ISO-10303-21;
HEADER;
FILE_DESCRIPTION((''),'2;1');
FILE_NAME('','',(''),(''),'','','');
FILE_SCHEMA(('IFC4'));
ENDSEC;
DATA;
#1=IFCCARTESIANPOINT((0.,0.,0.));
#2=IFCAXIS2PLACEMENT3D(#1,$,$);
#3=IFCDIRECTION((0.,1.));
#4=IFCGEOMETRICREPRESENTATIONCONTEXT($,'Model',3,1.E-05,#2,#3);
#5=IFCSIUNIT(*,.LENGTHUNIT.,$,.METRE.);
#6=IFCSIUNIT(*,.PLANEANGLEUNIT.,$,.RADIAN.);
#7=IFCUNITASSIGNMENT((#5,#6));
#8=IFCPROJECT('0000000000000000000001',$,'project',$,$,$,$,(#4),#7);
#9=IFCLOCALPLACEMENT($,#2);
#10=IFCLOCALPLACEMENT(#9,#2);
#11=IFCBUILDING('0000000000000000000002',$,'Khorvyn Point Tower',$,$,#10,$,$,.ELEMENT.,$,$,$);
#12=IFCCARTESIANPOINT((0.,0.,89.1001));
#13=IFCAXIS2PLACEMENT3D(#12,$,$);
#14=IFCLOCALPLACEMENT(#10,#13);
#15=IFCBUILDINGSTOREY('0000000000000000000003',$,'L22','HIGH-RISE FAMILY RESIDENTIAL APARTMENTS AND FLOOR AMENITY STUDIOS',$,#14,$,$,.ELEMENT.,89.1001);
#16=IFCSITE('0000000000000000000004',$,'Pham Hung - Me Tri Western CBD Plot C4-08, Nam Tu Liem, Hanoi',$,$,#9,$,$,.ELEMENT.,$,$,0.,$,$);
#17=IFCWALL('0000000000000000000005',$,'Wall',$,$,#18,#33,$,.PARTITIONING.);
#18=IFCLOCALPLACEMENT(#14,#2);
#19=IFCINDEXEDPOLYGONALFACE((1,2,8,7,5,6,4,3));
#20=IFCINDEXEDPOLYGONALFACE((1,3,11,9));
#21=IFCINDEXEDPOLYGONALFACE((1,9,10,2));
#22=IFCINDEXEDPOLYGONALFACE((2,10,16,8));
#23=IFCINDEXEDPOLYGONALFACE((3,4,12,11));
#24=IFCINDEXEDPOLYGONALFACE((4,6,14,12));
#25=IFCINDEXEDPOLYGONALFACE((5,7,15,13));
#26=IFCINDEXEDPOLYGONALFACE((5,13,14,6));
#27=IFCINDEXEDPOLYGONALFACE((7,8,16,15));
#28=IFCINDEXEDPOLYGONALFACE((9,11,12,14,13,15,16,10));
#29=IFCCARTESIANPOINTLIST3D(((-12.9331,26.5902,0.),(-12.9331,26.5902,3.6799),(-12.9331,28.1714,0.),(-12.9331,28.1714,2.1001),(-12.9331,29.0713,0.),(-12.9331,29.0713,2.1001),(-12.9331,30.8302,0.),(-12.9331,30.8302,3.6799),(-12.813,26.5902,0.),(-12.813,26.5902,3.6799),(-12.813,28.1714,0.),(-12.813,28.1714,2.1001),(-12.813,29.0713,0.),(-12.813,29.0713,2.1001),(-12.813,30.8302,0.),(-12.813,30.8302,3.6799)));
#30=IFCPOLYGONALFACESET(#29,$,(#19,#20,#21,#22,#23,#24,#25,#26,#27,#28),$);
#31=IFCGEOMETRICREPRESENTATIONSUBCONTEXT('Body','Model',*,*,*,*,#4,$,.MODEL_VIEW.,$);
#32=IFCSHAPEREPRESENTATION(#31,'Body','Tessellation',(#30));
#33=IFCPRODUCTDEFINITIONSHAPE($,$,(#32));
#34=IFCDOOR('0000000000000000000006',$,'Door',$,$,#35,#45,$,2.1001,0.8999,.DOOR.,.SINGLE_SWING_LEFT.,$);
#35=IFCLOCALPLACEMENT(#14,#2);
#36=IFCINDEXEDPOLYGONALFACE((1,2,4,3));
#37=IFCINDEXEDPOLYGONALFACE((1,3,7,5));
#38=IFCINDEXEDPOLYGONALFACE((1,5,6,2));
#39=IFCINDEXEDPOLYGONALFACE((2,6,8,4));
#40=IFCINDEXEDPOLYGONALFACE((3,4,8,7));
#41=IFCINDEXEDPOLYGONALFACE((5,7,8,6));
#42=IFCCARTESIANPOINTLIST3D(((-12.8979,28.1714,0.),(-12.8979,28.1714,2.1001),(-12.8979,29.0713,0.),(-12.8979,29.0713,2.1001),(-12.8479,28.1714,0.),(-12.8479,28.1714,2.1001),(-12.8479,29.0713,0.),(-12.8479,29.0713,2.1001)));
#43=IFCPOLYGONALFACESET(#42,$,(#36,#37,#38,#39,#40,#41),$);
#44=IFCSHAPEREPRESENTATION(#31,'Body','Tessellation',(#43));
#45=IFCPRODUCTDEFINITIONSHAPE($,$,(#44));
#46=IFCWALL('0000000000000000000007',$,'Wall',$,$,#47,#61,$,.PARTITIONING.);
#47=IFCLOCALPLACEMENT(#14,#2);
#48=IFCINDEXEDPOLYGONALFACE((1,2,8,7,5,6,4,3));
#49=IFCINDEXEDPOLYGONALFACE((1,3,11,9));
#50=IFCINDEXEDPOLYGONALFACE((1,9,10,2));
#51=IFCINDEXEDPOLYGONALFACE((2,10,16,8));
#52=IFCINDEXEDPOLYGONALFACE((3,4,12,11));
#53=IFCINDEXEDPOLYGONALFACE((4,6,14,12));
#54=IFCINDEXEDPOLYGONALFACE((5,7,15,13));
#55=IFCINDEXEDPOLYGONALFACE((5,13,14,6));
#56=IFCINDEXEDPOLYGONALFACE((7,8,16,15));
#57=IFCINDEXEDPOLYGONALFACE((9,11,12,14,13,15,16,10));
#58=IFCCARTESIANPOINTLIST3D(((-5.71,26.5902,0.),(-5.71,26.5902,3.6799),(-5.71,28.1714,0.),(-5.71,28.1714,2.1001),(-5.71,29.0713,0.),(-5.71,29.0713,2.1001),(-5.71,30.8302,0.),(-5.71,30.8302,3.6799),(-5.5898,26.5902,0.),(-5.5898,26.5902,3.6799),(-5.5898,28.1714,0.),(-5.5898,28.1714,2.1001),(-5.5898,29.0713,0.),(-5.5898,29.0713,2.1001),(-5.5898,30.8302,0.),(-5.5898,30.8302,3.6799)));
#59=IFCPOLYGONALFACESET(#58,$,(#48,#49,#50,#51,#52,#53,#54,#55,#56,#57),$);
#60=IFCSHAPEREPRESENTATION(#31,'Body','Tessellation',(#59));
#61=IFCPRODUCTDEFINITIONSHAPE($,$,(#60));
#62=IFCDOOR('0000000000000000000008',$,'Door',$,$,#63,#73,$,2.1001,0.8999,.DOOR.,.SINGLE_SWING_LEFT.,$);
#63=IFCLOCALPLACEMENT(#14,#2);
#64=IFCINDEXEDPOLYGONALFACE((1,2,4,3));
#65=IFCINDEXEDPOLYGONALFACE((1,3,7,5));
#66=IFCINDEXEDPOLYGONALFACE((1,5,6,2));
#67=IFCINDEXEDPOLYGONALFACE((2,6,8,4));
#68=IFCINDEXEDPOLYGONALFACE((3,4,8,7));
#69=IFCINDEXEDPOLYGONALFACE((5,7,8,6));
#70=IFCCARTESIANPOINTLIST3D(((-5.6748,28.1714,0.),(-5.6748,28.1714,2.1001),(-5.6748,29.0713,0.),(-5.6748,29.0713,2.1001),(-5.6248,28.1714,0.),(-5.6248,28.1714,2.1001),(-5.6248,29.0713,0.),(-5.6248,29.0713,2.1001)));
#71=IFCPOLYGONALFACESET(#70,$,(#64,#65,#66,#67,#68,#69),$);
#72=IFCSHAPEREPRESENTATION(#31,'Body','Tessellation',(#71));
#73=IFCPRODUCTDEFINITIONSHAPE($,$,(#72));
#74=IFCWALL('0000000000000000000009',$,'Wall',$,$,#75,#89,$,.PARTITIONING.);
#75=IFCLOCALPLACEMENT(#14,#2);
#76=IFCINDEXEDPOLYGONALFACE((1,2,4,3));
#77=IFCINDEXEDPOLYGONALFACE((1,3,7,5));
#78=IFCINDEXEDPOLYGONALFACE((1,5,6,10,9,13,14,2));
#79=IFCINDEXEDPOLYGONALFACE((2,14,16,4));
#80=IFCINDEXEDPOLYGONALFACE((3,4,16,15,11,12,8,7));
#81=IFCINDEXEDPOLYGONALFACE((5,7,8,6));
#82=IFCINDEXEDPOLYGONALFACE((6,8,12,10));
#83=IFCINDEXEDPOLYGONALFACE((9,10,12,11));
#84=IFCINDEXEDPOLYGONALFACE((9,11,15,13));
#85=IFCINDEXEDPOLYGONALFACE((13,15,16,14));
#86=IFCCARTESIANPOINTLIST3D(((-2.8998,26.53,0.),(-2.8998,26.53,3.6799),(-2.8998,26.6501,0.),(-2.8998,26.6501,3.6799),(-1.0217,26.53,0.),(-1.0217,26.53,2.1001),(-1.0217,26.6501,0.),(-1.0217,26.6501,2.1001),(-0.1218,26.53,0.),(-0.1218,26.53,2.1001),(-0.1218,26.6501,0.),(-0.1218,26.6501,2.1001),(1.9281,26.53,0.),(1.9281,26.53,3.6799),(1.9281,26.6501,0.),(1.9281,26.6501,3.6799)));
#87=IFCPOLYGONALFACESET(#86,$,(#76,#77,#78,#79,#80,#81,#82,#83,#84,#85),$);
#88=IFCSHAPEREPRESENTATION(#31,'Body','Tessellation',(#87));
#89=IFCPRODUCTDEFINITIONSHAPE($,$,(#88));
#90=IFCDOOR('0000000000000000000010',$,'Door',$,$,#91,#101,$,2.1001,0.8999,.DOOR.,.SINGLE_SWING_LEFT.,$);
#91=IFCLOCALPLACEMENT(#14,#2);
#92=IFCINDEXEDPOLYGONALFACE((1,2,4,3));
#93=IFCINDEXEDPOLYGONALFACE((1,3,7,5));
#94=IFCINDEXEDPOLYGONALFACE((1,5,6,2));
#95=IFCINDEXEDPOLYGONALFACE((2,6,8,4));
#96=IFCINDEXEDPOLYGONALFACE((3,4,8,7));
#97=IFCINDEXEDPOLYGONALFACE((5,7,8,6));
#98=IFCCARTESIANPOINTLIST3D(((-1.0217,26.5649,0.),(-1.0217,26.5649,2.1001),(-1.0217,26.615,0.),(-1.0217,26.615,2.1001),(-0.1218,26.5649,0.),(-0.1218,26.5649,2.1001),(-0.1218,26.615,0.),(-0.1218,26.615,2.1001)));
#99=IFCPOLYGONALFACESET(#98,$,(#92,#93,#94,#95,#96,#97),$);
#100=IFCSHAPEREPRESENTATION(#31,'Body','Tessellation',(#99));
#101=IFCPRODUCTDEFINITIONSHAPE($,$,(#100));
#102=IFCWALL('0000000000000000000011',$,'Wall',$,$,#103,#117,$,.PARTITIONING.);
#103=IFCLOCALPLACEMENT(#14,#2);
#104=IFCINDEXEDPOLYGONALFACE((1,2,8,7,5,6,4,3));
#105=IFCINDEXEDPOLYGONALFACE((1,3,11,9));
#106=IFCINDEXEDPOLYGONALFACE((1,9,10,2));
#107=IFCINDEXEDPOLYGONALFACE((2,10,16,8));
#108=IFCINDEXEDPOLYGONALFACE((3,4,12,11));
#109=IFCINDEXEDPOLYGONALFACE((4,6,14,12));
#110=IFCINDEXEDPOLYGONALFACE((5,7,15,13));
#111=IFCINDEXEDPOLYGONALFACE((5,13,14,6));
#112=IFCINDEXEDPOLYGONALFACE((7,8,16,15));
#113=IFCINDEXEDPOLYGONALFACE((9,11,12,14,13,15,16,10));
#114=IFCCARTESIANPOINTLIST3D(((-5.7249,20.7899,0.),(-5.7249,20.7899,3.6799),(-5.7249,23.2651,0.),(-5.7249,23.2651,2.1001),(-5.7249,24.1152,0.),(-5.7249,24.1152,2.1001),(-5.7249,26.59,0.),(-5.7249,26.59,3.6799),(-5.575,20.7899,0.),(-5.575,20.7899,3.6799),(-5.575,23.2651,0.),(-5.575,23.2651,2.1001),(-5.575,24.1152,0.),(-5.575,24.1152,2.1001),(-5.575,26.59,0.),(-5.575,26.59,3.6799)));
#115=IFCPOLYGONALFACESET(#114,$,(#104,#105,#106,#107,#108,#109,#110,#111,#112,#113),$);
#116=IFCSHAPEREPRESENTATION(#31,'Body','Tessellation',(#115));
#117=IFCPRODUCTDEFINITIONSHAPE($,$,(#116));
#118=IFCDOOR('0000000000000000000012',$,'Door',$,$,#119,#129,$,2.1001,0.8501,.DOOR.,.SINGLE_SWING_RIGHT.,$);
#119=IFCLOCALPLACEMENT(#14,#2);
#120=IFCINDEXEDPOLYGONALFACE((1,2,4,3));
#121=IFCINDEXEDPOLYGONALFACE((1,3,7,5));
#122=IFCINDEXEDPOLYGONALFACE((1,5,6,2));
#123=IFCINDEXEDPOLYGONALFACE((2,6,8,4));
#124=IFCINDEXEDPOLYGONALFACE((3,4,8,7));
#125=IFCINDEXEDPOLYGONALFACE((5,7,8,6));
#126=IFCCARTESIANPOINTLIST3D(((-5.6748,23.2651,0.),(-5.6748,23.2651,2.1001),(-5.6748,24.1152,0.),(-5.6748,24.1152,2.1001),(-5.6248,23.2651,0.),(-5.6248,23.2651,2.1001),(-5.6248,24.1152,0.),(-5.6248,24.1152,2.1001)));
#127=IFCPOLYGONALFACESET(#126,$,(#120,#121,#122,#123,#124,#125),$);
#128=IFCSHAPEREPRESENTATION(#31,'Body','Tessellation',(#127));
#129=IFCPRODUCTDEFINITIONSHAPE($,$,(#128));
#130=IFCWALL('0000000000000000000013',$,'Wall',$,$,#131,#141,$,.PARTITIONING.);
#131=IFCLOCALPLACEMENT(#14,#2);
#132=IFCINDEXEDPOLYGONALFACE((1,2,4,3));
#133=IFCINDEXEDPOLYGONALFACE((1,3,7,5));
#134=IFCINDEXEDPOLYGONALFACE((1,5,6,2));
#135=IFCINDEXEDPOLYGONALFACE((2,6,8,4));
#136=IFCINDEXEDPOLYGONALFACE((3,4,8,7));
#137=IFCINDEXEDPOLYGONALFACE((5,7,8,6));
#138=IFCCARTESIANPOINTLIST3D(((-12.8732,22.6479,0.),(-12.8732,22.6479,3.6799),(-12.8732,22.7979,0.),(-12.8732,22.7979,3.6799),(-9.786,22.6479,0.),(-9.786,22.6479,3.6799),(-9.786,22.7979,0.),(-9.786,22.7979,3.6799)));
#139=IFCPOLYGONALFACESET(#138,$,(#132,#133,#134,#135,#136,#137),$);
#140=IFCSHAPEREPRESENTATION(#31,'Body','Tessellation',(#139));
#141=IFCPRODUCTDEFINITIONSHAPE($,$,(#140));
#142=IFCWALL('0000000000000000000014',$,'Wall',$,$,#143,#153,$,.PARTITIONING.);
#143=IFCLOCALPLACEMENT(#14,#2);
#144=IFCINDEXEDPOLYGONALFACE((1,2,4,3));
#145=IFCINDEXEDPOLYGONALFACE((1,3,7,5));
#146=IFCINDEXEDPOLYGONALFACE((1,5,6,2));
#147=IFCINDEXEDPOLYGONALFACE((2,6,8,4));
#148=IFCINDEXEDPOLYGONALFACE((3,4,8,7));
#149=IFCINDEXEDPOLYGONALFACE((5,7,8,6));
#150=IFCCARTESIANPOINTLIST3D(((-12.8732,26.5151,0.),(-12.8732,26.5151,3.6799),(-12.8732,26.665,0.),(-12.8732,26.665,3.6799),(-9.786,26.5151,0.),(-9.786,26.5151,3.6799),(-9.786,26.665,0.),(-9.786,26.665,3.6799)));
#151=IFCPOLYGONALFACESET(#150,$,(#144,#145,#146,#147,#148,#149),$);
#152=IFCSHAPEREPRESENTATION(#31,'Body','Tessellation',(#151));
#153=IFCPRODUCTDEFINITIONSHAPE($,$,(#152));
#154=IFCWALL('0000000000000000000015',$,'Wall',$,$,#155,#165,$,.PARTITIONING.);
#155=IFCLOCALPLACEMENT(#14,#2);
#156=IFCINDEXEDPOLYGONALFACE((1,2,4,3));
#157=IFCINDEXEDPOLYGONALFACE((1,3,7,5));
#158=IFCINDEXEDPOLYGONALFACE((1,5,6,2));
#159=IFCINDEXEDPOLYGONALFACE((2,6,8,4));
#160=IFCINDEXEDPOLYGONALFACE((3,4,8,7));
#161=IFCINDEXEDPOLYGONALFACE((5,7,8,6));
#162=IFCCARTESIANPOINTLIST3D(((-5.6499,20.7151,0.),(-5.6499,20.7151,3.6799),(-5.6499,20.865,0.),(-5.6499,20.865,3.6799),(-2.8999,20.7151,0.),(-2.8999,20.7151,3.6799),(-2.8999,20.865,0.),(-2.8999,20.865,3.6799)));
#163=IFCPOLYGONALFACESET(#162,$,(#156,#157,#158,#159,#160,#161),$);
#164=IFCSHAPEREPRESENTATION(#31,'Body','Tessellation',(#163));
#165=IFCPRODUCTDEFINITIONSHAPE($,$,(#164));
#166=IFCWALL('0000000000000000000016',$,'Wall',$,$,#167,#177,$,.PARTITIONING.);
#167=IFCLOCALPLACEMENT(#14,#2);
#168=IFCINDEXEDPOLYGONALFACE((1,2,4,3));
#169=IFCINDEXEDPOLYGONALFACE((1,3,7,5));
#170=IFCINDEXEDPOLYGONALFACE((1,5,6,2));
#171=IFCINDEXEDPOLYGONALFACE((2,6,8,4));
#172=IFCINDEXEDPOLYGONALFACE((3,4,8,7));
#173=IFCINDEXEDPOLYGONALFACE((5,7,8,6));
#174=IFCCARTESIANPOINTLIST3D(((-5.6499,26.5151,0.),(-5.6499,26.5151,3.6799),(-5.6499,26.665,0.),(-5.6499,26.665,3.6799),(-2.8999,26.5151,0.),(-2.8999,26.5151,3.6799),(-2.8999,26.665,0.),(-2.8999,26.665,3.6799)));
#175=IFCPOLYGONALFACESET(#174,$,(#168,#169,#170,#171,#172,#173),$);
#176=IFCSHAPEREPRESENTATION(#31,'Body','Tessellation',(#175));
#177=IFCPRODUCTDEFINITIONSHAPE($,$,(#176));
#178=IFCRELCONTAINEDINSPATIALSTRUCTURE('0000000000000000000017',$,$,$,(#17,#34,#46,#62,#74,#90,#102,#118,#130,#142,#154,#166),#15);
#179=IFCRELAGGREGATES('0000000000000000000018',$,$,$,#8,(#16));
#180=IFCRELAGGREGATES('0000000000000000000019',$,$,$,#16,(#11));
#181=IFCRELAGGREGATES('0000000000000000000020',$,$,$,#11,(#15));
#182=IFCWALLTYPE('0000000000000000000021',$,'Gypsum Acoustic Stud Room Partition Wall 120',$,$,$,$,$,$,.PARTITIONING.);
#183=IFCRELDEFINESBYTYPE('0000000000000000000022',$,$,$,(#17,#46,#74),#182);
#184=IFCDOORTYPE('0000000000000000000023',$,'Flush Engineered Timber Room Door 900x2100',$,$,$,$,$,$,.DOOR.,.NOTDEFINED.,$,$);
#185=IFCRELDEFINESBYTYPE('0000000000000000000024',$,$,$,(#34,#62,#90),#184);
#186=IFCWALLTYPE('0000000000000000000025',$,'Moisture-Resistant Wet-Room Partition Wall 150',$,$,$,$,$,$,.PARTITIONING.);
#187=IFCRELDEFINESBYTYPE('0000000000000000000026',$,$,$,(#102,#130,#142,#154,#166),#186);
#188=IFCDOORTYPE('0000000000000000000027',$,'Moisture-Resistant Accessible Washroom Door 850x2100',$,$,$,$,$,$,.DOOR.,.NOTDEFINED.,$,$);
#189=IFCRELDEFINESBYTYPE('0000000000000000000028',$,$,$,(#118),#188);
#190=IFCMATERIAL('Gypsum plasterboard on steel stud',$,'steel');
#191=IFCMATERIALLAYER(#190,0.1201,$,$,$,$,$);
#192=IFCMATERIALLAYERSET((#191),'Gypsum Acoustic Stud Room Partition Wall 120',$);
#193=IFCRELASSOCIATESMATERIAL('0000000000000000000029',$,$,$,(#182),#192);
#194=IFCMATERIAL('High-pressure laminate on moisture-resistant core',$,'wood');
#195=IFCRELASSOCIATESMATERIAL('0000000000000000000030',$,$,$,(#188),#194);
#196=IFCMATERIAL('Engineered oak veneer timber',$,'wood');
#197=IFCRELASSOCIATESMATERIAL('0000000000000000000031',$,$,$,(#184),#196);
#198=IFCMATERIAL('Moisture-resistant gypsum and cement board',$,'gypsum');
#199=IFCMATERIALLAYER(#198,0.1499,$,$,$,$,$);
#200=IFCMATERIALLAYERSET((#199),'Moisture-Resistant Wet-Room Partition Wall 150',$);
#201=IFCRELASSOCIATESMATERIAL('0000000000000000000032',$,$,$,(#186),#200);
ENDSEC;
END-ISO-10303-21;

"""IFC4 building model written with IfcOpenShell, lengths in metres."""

from ifc_helpers import new_model, si_unit, direction, frame, frame_2d, origin, place, context, subcontext, project, spatial, rectangle, extrude, material, layer, layer_set, type_object, element, fill, save


model = new_model("IFC4")

# Units and contexts
model_context = context("Model", 3, precision=1e-05, world=origin(), true_north=direction((0.0, 1.0)))
body_context = subcontext(model_context, "Body", "Model", "MODEL_VIEW")
ifc_project = project(units=[si_unit("LENGTHUNIT", "METRE"), si_unit("PLANEANGLEUNIT", "RADIAN")], contexts=[model_context])

# Site, building, storey
site_placement = place(None, origin())
site = spatial("IfcSite", under=ifc_project, at=site_placement, Name="Pham Hung - Me Tri Western CBD Plot C4-08, Nam Tu Liem, Hanoi", CompositionType="ELEMENT", RefElevation=0.0)
building_placement = place(site_placement, origin())
building = spatial("IfcBuilding", under=site, at=building_placement, Name="Khorvyn Point Tower", CompositionType="ELEMENT")
storey_placement = place(building_placement, frame((0.0, 0.0, 89.1001)))
storey = spatial("IfcBuildingStorey", under=building, at=storey_placement, Name="L22", Description="HIGH-RISE FAMILY RESIDENTIAL APARTMENTS AND FLOOR AMENITY STUDIOS", CompositionType="ELEMENT", Elevation=89.1001)

# Walls, openings, doors
ifc_material_1 = material(Name="Gypsum plasterboard on steel stud", Category="steel")
ifc_layer_1 = layer(ifc_material_1, 0.1201)
ifc_layer_set_1 = layer_set([ifc_layer_1], Name="Gypsum Acoustic Stud Room Partition Wall 120")
wall_type_1 = type_object("IfcWallType", Name="Gypsum Acoustic Stud Room Partition Wall 120", PredefinedType="PARTITIONING", material=ifc_layer_set_1)
ifc_material_2 = material(Name="High-pressure laminate on moisture-resistant core", Category="wood")
door_type_1 = type_object("IfcDoorType", Name="Moisture-Resistant Accessible Washroom Door 850x2100", OperationType="NOTDEFINED", PredefinedType="DOOR", material=ifc_material_2)
wall_1_placement = place(storey_placement, frame((-12.873, 26.5901, 0.0), z_axis=(0.0, 0.0, 1.0), x_axis=(0.0, 1.0, 0.0)))
wall_1 = element("IfcWall", 1, at=wall_1_placement, inside=storey, type_object=wall_type_1, Name="Wall", PredefinedType="PARTITIONING", context=body_context, shape_type="SweptSolid", body=[
    extrude(rectangle(XDim=4.24, YDim=0.1201, at=frame_2d((2.1201, 0.0))), origin(), (0.0, 0.0, 1.0), 3.6799),
])
opening_1_placement = place(wall_1_placement, frame((1.5813, 0.0, 0.0)))
opening_1 = element("IfcOpeningElement", 2, at=opening_1_placement, cuts=wall_1, PredefinedType="OPENING", context=body_context, shape_type="SweptSolid", body=[
    extrude(rectangle(XDim=0.8999, YDim=2.1001, at=frame_2d((0.45, 1.05))), frame((0.0, 0.0701, 0.0), z_axis=(0.0, -1.0, 0.0), x_axis=(1.0, 0.0, 0.0)), (0.0, 0.0, 1.0), 0.1401),
])
ifc_material_3 = material(Name="Engineered oak veneer timber", Category="wood")
door_type_2 = type_object("IfcDoorType", Name="Flush Engineered Timber Room Door 900x2100", OperationType="NOTDEFINED", PredefinedType="DOOR", material=ifc_material_3)
door_1_placement = place(opening_1_placement, origin())
door_1 = element("IfcDoor", 3, at=door_1_placement, inside=storey, type_object=door_type_2, Name="Door", OperationType="SINGLE_SWING_LEFT", OverallHeight=2.1001, OverallWidth=0.8999, PredefinedType="DOOR", context=body_context, shape_type="SweptSolid", body=[
    extrude(rectangle(XDim=0.8999, YDim=2.1001, at=frame_2d((0.45, 1.05))), frame((0.0, 0.0249, 0.0), z_axis=(0.0, -1.0, 0.0), x_axis=(1.0, 0.0, 0.0)), (0.0, 0.0, 1.0), 0.05),
])
fill(opening_1, door_1)
wall_2_placement = place(storey_placement, frame((-5.6499, 26.5901, 0.0), z_axis=(0.0, 0.0, 1.0), x_axis=(0.0, 1.0, 0.0)))
wall_2 = element("IfcWall", 4, at=wall_2_placement, inside=storey, type_object=wall_type_1, Name="Wall", PredefinedType="PARTITIONING", context=body_context, shape_type="SweptSolid", body=[
    extrude(rectangle(XDim=4.24, YDim=0.1201, at=frame_2d((2.1201, 0.0))), origin(), (0.0, 0.0, 1.0), 3.6799),
])
opening_2_placement = place(wall_2_placement, frame((1.5813, 0.0, 0.0)))
opening_2 = element("IfcOpeningElement", 5, at=opening_2_placement, cuts=wall_2, PredefinedType="OPENING", context=body_context, shape_type="SweptSolid", body=[
    extrude(rectangle(XDim=0.8999, YDim=2.1001, at=frame_2d((0.45, 1.05))), frame((0.0, 0.0701, 0.0), z_axis=(0.0, -1.0, 0.0), x_axis=(1.0, 0.0, 0.0)), (0.0, 0.0, 1.0), 0.1401),
])
door_2_placement = place(opening_2_placement, origin())
door_2 = element("IfcDoor", 6, at=door_2_placement, inside=storey, type_object=door_type_2, Name="Door", OperationType="SINGLE_SWING_LEFT", OverallHeight=2.1001, OverallWidth=0.8999, PredefinedType="DOOR", context=body_context, shape_type="SweptSolid", body=[
    extrude(rectangle(XDim=0.8999, YDim=2.1001, at=frame_2d((0.45, 1.05))), frame((0.0, 0.0249, 0.0), z_axis=(0.0, -1.0, 0.0), x_axis=(1.0, 0.0, 0.0)), (0.0, 0.0, 1.0), 0.05),
])
fill(opening_2, door_2)
wall_3_placement = place(storey_placement, frame((-2.8999, 26.5901, 0.0), z_axis=(0.0, 0.0, 1.0), x_axis=(1.0, 0.0, 0.0)))
wall_3 = element("IfcWall", 7, at=wall_3_placement, inside=storey, type_object=wall_type_1, Name="Wall", PredefinedType="PARTITIONING", context=body_context, shape_type="SweptSolid", body=[
    extrude(rectangle(XDim=4.8279, YDim=0.1201, at=frame_2d((2.4141, 0.0))), origin(), (0.0, 0.0, 1.0), 3.6799),
])
opening_3_placement = place(wall_3_placement, frame((1.8782, 0.0, 0.0)))
opening_3 = element("IfcOpeningElement", 8, at=opening_3_placement, cuts=wall_3, PredefinedType="OPENING", context=body_context, shape_type="SweptSolid", body=[
    extrude(rectangle(XDim=0.8999, YDim=2.1001, at=frame_2d((0.45, 1.05))), frame((0.0, 0.0701, 0.0), z_axis=(0.0, -1.0, 0.0), x_axis=(1.0, 0.0, 0.0)), (0.0, 0.0, 1.0), 0.1401),
])
door_3_placement = place(opening_3_placement, origin())
door_3 = element("IfcDoor", 9, at=door_3_placement, inside=storey, type_object=door_type_2, Name="Door", OperationType="SINGLE_SWING_LEFT", OverallHeight=2.1001, OverallWidth=0.8999, PredefinedType="DOOR", context=body_context, shape_type="SweptSolid", body=[
    extrude(rectangle(XDim=0.8999, YDim=2.1001, at=frame_2d((0.45, 1.05))), frame((0.0, 0.0249, 0.0), z_axis=(0.0, -1.0, 0.0), x_axis=(1.0, 0.0, 0.0)), (0.0, 0.0, 1.0), 0.05),
])
fill(opening_3, door_3)
ifc_material_4 = material(Name="Moisture-resistant gypsum and cement board", Category="gypsum")
ifc_layer_2 = layer(ifc_material_4, 0.1499)
ifc_layer_set_2 = layer_set([ifc_layer_2], Name="Moisture-Resistant Wet-Room Partition Wall 150")
wall_type_2 = type_object("IfcWallType", Name="Moisture-Resistant Wet-Room Partition Wall 150", PredefinedType="PARTITIONING", material=ifc_layer_set_2)
wall_4_placement = place(storey_placement, frame((-5.6499, 20.79, 0.0), z_axis=(0.0, 0.0, 1.0), x_axis=(0.0, 1.0, 0.0)))
wall_4 = element("IfcWall", 10, at=wall_4_placement, inside=storey, type_object=wall_type_2, Name="Wall", PredefinedType="PARTITIONING", context=body_context, shape_type="SweptSolid", body=[
    extrude(rectangle(XDim=5.8, YDim=0.1499, at=frame_2d((2.8999, 0.0))), origin(), (0.0, 0.0, 1.0), 3.6799),
])
opening_4_placement = place(wall_4_placement, frame((2.4751, 0.0, 0.0)))
opening_4 = element("IfcOpeningElement", 11, at=opening_4_placement, cuts=wall_4, PredefinedType="OPENING", context=body_context, shape_type="SweptSolid", body=[
    extrude(rectangle(XDim=0.8501, YDim=2.1001, at=frame_2d((0.425, 1.05))), frame((0.0, 0.085, 0.0), z_axis=(0.0, -1.0, 0.0), x_axis=(1.0, 0.0, 0.0)), (0.0, 0.0, 1.0), 0.1699),
])
door_4_placement = place(opening_4_placement, origin())
door_4 = element("IfcDoor", 12, at=door_4_placement, inside=storey, type_object=door_type_1, Name="Door", OperationType="SINGLE_SWING_RIGHT", OverallHeight=2.1001, OverallWidth=0.8501, PredefinedType="DOOR", context=body_context, shape_type="SweptSolid", body=[
    extrude(rectangle(XDim=0.8501, YDim=2.1001, at=frame_2d((0.425, 1.05))), frame((0.0, 0.0249, 0.0), z_axis=(0.0, -1.0, 0.0), x_axis=(1.0, 0.0, 0.0)), (0.0, 0.0, 1.0), 0.05),
])
fill(opening_4, door_4)

# Walls
for number, where, z_axis, x_axis, name in (
    (13, (-12.873, 22.7229, 0.0), (0.0, 0.0, 1.0), (1.0, 0.0, 0.0), "Wall"),
    (14, (-12.873, 26.5901, 0.0), (0.0, 0.0, 1.0), (1.0, 0.0, 0.0), "Wall"),
):
    element("IfcWall", number, at=place(storey_placement, frame(where, z_axis=z_axis, x_axis=x_axis)), inside=storey, type_object=wall_type_2, Name=name, PredefinedType="PARTITIONING", context=body_context, shape_type="SweptSolid", body=[
        extrude(rectangle(XDim=3.0872, YDim=0.1499, at=frame_2d((1.5435, 0.0))), origin(), (0.0, 0.0, 1.0), 3.6799),
    ])
for number, where, z_axis, x_axis, name in (
    (15, (-5.6499, 20.79, 0.0), (0.0, 0.0, 1.0), (1.0, 0.0, 0.0), "Wall"),
    (16, (-5.6499, 26.5901, 0.0), (0.0, 0.0, 1.0), (1.0, 0.0, 0.0), "Wall"),
):
    element("IfcWall", number, at=place(storey_placement, frame(where, z_axis=z_axis, x_axis=x_axis)), inside=storey, type_object=wall_type_2, Name=name, PredefinedType="PARTITIONING", context=body_context, shape_type="SweptSolid", body=[
        extrude(rectangle(XDim=2.75, YDim=0.1499, at=frame_2d((1.375, 0.0))), origin(), (0.0, 0.0, 1.0), 3.6799),
    ])

save(model, "model.ifc")
